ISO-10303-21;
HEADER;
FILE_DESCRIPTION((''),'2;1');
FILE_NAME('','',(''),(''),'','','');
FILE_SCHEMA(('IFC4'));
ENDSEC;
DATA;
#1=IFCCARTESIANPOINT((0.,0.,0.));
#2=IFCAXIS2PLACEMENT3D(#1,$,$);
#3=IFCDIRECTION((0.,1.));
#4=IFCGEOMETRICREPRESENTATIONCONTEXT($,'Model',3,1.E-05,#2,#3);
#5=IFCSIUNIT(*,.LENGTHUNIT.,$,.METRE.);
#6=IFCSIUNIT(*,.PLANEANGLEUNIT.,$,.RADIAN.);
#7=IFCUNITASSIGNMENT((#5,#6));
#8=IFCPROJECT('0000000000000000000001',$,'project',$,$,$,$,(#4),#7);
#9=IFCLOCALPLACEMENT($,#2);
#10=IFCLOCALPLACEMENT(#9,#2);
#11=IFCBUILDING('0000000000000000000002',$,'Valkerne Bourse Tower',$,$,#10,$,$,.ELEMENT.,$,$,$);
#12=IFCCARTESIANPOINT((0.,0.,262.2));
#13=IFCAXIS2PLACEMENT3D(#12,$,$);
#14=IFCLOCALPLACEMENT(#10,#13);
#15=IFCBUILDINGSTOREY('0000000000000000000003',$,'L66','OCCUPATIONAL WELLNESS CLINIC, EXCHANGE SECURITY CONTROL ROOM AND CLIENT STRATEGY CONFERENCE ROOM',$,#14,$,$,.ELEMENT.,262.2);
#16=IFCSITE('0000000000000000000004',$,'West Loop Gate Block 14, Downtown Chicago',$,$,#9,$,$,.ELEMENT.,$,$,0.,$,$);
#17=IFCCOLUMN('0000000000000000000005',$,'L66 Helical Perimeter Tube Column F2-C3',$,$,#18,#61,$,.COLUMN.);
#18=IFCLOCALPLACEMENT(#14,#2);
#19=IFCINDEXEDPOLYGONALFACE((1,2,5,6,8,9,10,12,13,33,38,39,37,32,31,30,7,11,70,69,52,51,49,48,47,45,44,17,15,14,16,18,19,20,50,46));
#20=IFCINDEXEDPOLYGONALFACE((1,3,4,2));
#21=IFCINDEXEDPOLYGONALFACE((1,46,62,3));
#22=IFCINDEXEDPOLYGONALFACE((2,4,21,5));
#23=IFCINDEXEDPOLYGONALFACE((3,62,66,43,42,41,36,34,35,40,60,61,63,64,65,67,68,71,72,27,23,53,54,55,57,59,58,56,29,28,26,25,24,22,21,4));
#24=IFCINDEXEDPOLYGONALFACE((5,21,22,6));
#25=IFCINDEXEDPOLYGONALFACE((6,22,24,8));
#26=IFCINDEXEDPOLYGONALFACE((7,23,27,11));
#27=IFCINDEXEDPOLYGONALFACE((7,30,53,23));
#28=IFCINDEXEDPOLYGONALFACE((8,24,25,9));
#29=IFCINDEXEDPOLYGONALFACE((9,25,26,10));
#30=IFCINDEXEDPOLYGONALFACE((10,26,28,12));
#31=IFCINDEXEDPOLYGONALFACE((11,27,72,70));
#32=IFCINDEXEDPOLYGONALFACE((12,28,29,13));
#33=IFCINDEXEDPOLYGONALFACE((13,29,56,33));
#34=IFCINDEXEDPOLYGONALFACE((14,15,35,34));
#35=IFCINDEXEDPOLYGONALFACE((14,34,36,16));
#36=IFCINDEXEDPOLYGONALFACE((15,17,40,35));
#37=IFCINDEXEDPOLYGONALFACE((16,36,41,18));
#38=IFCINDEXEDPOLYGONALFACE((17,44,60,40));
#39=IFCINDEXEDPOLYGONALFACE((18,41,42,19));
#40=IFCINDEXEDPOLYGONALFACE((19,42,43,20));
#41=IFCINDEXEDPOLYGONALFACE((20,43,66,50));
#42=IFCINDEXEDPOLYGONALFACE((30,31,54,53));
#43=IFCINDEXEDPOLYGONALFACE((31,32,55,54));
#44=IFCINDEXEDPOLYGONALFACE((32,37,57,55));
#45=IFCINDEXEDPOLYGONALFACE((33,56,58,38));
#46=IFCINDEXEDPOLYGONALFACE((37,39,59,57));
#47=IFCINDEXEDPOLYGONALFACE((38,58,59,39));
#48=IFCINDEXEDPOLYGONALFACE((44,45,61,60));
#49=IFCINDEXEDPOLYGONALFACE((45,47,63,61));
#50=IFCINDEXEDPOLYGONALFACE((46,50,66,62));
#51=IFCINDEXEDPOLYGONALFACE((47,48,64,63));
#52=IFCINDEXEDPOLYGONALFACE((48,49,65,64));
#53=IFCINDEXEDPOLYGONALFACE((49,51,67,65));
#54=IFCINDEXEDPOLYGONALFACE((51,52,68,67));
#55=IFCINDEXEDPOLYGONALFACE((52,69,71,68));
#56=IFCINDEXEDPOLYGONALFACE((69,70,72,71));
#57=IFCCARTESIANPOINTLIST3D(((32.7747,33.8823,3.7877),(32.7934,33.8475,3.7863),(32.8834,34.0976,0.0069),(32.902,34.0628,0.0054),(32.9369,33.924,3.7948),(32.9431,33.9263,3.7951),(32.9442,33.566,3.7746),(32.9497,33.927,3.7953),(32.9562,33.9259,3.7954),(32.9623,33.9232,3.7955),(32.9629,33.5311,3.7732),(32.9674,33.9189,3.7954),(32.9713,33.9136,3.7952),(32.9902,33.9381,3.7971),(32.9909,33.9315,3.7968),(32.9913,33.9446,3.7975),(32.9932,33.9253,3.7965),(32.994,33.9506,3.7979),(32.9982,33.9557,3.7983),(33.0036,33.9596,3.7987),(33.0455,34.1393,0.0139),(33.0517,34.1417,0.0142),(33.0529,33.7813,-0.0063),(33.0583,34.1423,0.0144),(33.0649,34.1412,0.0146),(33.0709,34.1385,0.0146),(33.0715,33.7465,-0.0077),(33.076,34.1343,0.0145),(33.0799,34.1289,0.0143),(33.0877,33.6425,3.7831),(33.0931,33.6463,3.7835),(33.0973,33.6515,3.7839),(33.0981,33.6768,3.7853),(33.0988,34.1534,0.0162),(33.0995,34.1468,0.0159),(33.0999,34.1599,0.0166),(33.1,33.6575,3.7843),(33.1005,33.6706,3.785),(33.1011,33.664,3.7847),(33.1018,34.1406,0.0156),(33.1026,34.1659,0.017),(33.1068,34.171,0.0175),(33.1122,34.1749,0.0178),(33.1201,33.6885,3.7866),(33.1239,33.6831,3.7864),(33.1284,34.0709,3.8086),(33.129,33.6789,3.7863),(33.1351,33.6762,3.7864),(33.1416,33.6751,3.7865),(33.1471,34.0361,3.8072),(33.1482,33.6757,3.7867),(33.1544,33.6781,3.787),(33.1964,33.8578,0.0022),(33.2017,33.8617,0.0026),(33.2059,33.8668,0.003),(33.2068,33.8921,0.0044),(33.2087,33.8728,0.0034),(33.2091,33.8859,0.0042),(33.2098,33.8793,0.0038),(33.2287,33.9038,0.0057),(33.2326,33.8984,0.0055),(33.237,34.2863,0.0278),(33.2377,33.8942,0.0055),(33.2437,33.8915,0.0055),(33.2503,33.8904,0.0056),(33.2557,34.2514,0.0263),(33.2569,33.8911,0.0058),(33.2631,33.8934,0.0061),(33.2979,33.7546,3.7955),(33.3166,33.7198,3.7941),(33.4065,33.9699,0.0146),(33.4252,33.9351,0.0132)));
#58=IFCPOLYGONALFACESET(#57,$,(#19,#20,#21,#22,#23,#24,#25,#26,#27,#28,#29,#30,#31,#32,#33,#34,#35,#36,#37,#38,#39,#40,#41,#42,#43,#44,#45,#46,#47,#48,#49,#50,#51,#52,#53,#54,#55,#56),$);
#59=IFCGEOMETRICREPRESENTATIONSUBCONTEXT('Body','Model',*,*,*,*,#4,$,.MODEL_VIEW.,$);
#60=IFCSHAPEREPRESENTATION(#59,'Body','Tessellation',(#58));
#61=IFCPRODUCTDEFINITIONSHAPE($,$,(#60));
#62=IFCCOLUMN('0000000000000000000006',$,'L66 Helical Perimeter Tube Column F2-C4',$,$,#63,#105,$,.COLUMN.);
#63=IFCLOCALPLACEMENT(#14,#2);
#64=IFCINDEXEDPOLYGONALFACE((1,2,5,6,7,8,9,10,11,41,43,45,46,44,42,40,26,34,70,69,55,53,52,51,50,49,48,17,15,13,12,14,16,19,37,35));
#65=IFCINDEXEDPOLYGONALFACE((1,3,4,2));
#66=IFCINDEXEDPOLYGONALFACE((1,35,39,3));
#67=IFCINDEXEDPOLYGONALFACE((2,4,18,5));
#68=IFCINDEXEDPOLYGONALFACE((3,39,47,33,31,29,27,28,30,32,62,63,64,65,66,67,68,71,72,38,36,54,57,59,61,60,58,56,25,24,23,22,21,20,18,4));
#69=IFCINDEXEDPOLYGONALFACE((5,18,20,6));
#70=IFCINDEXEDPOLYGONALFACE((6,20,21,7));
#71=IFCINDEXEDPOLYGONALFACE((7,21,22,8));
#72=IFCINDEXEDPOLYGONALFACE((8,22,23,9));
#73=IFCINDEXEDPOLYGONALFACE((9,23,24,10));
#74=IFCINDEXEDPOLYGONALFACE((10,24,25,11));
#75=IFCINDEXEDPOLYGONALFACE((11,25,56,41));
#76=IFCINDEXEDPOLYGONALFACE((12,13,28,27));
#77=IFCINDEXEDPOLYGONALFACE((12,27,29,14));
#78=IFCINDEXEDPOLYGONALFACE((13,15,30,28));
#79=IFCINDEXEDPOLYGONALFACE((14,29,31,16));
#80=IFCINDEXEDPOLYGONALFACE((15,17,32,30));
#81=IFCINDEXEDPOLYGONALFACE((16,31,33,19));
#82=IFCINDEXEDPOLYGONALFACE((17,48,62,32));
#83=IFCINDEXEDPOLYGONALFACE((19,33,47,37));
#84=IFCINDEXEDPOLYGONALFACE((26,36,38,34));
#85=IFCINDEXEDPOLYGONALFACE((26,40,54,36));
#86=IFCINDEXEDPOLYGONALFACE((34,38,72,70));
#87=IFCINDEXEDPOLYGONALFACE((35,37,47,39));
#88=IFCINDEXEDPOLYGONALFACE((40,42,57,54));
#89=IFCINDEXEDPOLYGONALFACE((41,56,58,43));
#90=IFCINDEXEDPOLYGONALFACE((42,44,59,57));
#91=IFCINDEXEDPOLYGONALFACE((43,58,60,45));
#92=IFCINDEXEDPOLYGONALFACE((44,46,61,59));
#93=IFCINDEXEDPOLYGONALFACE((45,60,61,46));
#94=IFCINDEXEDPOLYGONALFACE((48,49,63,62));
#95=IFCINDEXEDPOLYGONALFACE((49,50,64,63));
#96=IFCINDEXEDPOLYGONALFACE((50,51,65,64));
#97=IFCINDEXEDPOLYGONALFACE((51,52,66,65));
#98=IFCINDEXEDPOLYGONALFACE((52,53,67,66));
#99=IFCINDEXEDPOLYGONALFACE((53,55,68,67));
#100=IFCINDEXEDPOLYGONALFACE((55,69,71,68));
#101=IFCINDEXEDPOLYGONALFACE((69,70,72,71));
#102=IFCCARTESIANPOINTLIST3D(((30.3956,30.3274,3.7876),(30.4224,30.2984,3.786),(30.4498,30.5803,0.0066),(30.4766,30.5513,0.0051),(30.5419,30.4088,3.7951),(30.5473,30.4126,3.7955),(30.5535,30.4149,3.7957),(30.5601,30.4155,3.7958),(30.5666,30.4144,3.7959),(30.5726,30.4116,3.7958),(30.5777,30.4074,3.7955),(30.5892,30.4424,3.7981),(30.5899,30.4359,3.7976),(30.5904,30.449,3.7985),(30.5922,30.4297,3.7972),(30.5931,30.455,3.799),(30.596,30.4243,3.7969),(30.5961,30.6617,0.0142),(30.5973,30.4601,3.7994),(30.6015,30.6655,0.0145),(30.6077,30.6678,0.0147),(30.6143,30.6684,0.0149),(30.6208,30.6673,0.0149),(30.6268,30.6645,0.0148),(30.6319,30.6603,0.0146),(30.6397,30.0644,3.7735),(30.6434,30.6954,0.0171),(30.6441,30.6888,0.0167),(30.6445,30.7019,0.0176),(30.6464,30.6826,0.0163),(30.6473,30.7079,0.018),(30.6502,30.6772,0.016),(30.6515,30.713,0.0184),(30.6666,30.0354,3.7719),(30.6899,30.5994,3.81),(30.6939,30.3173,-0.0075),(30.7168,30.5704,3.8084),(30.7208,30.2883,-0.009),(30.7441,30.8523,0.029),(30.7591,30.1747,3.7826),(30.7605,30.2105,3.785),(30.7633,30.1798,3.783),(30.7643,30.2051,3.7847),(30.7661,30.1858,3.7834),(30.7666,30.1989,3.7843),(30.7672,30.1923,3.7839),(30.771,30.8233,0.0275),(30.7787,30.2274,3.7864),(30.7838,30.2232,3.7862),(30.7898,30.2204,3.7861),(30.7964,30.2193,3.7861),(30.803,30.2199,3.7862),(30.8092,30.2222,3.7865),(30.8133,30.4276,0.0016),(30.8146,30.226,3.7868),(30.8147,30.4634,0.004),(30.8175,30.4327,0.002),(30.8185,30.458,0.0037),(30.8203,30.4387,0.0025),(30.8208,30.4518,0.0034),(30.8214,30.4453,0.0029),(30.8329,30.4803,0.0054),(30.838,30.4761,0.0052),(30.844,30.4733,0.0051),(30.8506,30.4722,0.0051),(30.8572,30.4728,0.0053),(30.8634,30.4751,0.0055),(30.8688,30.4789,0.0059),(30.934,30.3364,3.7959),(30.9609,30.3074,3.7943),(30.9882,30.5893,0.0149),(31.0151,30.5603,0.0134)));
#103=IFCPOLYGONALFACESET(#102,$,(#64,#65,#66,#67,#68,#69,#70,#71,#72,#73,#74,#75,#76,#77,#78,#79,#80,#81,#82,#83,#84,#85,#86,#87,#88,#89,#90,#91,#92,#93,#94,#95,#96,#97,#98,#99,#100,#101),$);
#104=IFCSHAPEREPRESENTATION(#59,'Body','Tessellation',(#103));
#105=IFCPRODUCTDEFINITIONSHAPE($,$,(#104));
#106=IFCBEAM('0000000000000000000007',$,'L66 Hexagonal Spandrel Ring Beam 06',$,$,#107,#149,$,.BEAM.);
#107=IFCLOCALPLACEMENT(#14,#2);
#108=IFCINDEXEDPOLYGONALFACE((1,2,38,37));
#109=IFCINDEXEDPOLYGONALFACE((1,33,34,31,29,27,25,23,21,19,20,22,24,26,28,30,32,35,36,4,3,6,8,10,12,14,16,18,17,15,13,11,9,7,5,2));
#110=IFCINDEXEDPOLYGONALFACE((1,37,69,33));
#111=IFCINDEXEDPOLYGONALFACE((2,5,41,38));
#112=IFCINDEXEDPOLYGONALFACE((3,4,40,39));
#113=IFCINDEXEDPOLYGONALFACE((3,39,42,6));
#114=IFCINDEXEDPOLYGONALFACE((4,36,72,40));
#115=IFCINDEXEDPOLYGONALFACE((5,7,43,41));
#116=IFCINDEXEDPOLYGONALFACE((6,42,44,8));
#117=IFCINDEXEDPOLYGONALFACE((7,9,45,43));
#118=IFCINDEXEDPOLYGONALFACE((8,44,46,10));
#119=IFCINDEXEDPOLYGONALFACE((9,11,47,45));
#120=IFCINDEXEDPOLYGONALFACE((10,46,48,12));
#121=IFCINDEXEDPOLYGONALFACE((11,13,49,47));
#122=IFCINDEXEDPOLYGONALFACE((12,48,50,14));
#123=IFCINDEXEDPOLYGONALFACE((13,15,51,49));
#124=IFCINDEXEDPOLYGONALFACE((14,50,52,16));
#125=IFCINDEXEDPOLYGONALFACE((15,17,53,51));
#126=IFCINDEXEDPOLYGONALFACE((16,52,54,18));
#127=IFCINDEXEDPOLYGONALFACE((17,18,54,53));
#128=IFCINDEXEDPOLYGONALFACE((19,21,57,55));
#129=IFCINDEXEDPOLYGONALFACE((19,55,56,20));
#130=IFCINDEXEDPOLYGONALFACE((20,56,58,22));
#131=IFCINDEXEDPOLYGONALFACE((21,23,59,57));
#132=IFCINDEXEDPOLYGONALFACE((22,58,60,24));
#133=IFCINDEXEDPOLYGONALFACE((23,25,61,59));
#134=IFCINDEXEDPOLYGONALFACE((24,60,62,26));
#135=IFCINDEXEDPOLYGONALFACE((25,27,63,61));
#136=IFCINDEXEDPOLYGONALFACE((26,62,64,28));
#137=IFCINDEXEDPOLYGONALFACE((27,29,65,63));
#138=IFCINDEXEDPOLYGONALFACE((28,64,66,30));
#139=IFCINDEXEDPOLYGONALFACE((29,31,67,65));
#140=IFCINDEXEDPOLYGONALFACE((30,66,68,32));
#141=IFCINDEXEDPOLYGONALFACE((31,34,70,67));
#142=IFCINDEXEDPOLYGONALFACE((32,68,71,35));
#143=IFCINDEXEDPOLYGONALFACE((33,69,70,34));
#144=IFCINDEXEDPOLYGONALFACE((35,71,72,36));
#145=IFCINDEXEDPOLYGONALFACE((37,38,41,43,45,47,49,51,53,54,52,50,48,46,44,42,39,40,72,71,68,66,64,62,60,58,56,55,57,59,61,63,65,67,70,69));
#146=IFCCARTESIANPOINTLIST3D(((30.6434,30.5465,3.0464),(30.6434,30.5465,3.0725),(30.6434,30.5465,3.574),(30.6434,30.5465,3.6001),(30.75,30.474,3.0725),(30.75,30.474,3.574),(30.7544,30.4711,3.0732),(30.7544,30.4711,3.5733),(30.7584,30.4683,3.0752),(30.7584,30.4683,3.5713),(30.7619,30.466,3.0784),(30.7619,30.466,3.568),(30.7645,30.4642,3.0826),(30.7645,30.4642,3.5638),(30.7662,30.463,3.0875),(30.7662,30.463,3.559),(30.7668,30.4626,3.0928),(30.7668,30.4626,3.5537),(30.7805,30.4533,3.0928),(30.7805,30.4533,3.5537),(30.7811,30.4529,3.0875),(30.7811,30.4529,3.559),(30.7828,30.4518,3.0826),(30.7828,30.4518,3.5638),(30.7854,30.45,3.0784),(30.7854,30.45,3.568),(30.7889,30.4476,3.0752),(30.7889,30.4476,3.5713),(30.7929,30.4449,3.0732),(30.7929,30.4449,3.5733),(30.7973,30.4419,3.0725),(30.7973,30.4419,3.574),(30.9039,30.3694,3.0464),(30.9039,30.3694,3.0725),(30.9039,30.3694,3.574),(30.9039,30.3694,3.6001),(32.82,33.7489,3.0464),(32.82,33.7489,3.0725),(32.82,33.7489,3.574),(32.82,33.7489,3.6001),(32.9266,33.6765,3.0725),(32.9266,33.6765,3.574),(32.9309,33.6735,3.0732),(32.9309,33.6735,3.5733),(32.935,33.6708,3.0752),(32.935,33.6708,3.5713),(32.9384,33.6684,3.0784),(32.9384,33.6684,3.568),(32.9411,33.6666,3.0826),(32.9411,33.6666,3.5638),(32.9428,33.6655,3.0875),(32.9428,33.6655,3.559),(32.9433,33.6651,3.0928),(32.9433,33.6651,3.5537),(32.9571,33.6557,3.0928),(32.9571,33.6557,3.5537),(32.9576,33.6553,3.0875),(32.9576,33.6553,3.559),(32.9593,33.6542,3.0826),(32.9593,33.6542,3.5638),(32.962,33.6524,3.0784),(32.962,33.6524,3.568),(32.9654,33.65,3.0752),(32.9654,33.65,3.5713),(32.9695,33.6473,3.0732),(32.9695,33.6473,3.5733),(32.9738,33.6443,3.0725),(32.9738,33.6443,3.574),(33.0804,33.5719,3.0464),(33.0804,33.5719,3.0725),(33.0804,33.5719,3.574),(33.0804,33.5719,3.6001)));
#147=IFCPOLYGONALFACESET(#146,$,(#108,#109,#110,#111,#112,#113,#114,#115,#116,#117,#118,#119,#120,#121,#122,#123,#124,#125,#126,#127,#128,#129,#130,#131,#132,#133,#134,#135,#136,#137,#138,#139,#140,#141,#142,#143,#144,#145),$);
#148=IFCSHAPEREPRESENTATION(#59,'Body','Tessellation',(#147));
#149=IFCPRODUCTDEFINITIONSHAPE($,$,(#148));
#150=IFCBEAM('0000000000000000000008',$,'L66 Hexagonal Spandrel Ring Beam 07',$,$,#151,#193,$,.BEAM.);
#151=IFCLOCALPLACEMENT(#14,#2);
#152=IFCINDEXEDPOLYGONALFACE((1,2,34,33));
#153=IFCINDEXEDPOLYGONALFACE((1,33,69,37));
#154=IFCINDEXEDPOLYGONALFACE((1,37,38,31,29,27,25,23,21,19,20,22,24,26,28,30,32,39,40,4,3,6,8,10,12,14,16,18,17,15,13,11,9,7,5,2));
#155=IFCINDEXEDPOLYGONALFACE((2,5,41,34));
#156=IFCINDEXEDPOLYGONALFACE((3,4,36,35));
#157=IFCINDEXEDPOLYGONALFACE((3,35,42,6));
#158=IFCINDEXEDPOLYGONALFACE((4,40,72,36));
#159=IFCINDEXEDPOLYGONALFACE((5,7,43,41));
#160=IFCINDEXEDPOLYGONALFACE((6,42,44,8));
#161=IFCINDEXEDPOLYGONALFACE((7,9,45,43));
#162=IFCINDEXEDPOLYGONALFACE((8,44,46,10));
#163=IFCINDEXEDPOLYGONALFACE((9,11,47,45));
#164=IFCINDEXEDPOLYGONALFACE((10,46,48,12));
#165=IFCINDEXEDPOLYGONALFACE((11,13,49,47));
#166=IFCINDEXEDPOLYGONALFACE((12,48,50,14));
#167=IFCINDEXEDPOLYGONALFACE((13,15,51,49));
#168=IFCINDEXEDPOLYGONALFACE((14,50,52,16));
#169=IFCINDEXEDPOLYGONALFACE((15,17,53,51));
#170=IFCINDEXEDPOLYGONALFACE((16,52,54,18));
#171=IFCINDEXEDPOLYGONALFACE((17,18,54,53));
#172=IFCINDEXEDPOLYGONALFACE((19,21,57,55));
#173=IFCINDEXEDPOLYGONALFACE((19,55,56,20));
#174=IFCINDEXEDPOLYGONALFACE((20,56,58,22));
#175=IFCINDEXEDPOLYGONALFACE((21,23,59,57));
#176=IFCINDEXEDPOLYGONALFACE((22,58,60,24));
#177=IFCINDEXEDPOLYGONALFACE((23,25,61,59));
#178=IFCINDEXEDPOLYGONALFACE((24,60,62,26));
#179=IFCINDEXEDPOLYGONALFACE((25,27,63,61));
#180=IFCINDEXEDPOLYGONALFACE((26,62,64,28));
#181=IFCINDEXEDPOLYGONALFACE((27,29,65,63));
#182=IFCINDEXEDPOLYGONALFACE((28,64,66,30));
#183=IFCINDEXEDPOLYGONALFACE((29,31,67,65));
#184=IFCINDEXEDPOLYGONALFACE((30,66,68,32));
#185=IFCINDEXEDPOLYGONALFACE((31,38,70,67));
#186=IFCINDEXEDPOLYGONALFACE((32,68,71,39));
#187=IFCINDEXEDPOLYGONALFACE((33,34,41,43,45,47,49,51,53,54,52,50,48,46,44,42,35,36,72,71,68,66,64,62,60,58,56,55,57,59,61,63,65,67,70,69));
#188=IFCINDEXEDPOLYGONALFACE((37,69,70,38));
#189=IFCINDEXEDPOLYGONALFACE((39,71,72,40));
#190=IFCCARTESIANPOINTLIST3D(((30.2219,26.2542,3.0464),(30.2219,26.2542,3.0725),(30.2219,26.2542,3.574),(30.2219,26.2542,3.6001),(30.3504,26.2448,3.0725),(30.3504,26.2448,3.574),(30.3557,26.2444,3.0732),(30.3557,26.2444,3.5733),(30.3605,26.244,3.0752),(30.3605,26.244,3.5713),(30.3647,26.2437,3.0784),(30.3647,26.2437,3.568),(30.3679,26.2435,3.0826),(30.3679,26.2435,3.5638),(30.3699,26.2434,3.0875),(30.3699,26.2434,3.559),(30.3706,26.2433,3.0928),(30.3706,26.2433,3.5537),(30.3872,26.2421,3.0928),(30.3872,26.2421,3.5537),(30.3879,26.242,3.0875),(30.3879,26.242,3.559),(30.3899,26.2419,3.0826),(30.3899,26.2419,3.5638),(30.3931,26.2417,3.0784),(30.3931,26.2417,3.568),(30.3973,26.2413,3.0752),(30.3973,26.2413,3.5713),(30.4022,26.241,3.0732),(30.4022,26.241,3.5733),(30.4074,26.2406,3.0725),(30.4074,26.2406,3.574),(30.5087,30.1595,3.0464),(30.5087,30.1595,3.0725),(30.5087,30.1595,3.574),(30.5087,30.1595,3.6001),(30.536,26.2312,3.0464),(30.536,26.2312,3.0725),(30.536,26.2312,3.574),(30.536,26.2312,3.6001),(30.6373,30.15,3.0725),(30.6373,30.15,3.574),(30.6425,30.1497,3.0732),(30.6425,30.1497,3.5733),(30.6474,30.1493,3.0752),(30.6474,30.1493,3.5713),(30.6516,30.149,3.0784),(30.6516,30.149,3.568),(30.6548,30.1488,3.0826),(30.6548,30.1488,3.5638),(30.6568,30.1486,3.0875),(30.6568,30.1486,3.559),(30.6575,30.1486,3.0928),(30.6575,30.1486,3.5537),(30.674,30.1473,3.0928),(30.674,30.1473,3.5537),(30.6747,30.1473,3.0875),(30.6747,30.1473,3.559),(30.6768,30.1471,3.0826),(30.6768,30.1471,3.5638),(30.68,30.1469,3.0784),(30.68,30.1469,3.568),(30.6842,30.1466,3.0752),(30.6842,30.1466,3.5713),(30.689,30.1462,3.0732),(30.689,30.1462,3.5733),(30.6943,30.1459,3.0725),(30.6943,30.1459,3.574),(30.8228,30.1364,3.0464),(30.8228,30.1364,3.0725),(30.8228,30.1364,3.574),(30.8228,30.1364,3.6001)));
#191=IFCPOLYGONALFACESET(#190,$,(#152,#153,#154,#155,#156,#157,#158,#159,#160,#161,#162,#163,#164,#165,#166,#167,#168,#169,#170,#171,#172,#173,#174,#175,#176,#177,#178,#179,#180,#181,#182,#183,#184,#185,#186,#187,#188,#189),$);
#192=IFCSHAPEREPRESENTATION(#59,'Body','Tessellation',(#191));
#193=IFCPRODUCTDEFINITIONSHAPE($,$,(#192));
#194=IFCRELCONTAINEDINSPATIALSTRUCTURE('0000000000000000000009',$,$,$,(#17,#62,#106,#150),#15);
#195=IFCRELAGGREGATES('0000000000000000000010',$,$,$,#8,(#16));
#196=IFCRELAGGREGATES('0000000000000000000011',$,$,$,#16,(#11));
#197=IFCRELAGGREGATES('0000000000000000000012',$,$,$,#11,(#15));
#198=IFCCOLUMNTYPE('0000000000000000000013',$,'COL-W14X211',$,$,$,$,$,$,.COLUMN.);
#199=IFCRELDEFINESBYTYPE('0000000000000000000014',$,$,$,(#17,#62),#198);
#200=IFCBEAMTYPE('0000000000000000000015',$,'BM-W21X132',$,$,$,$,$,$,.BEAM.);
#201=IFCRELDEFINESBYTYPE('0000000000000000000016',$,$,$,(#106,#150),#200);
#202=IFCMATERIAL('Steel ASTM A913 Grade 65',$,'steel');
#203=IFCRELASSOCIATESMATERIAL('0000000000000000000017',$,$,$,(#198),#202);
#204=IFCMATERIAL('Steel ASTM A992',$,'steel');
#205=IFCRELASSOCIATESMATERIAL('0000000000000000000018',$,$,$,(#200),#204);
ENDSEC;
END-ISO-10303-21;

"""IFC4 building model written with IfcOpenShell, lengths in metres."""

from ifc_helpers import new_model, si_unit, direction, frame, origin, origin_2d, place, context, subcontext, project, spatial, i_section, extrude, material, material_profile, profile_set, type_object, element, save


model = new_model("IFC4")

# Units and contexts
model_context = context("Model", 3, precision=1e-05, world=origin(), true_north=direction((0.0, 1.0)))
body_context = subcontext(model_context, "Body", "Model", "MODEL_VIEW")
ifc_project = project(units=[si_unit("LENGTHUNIT", "METRE"), si_unit("PLANEANGLEUNIT", "RADIAN")], contexts=[model_context])

# Site, building, storey
site_placement = place(None, origin())
site = spatial("IfcSite", under=ifc_project, at=site_placement, Name="West Loop Gate Block 14, Downtown Chicago", CompositionType="ELEMENT", RefElevation=0.0)
building_placement = place(site_placement, origin())
building = spatial("IfcBuilding", under=site, at=building_placement, Name="Valkerne Bourse Tower", CompositionType="ELEMENT")
storey_placement = place(building_placement, frame((0.0, 0.0, 262.2)))
storey = spatial("IfcBuildingStorey", under=building, at=storey_placement, Name="L66", Description="OCCUPATIONAL WELLNESS CLINIC, EXCHANGE SECURITY CONTROL ROOM AND CLIENT STRATEGY CONFERENCE ROOM", CompositionType="ELEMENT", Elevation=262.2)

# Columns
ifc_material_1 = material(Name="Steel ASTM A913 Grade 65", Category="steel")
ifc_material_profile_1 = material_profile(ifc_material_1, i_section(OverallWidth=0.4014, OverallDepth=0.3987, WebThickness=0.0249, FlangeThickness=0.0396, FilletRadius=0.0254, at=origin_2d()), Name="W14X211")
ifc_profile_set_1 = profile_set([ifc_material_profile_1], Name="Steel ASTM A913 Grade 65")
column_type = type_object("IfcColumnType", Name="COL-W14X211", PredefinedType="COLUMN", material=ifc_profile_set_1)
column_1_placement = place(storey_placement, frame((33.1543, 34.0164, 0.01), z_axis=(-0.028675, -0.056835, 0.997972), x_axis=(-0.881154, -0.469953, -0.052083)))
element("IfcColumn", 1, at=column_1_placement, inside=storey, type_object=column_type, Name="L66 Helical Perimeter Tube Column F2-C3", PredefinedType="COLUMN", context=body_context, shape_type="SweptSolid", body=[
    extrude(i_section(OverallWidth=0.4014, OverallDepth=0.3987, WebThickness=0.0249, FlangeThickness=0.0396, FilletRadius=0.0254, at=origin_2d()), origin(), (0.0, 0.0, 1.0), 3.7886),
])
column_2_placement = place(storey_placement, frame((30.7324, 30.5703, 0.01), z_axis=(-0.014301, -0.066739, 0.997668), x_axis=(-0.733268, -0.677643, -0.055842)))
element("IfcColumn", 2, at=column_2_placement, inside=storey, type_object=column_type, Name="L66 Helical Perimeter Tube Column F2-C4", PredefinedType="COLUMN", context=body_context, shape_type="SweptSolid", body=[
    extrude(i_section(OverallWidth=0.4014, OverallDepth=0.3987, WebThickness=0.0249, FlangeThickness=0.0396, FilletRadius=0.0254, at=origin_2d()), origin(), (0.0, 0.0, 1.0), 3.7898),
])

# Beams
ifc_material_2 = material(Name="Steel ASTM A992", Category="steel")
ifc_material_profile_2 = material_profile(ifc_material_2, i_section(OverallWidth=0.3149, OverallDepth=0.5537, WebThickness=0.0166, FlangeThickness=0.0261, FilletRadius=0.0203, at=origin_2d()), Name="W21X132")
ifc_profile_set_2 = profile_set([ifc_material_profile_2], Name="Steel ASTM A992")
beam_type_1 = type_object("IfcBeamType", Name="BM-W21X132", PredefinedType="BEAM", material=ifc_profile_set_2)
beam_1_placement = place(storey_placement, frame((32.9502, 33.6604, 3.3232), z_axis=(-0.562113, -0.82706, 0.0), x_axis=(0.82706, -0.562113, 0.0)))
element("IfcBeam", 3, at=beam_1_placement, inside=storey, type_object=beam_type_1, Name="L66 Hexagonal Spandrel Ring Beam 06", PredefinedType="BEAM", context=body_context, shape_type="SweptSolid", body=[
    extrude(i_section(OverallWidth=0.3149, OverallDepth=0.5537, WebThickness=0.0166, FlangeThickness=0.0261, FilletRadius=0.0203, at=origin_2d()), origin(), (0.0, 0.0, 1.0), 3.8721),
])
beam_2_placement = place(storey_placement, frame((30.6658, 30.1479, 3.3232), z_axis=(-0.073258, -0.997313, 0.0), x_axis=(0.997313, -0.073258, 0.0)))
element("IfcBeam", 4, at=beam_2_placement, inside=storey, type_object=beam_type_1, Name="L66 Hexagonal Spandrel Ring Beam 07", PredefinedType="BEAM", context=body_context, shape_type="SweptSolid", body=[
    extrude(i_section(OverallWidth=0.3149, OverallDepth=0.5537, WebThickness=0.0166, FlangeThickness=0.0261, FilletRadius=0.0203, at=origin_2d()), origin(), (0.0, 0.0, 1.0), 3.9158),
])

save(model, "model.ifc")
